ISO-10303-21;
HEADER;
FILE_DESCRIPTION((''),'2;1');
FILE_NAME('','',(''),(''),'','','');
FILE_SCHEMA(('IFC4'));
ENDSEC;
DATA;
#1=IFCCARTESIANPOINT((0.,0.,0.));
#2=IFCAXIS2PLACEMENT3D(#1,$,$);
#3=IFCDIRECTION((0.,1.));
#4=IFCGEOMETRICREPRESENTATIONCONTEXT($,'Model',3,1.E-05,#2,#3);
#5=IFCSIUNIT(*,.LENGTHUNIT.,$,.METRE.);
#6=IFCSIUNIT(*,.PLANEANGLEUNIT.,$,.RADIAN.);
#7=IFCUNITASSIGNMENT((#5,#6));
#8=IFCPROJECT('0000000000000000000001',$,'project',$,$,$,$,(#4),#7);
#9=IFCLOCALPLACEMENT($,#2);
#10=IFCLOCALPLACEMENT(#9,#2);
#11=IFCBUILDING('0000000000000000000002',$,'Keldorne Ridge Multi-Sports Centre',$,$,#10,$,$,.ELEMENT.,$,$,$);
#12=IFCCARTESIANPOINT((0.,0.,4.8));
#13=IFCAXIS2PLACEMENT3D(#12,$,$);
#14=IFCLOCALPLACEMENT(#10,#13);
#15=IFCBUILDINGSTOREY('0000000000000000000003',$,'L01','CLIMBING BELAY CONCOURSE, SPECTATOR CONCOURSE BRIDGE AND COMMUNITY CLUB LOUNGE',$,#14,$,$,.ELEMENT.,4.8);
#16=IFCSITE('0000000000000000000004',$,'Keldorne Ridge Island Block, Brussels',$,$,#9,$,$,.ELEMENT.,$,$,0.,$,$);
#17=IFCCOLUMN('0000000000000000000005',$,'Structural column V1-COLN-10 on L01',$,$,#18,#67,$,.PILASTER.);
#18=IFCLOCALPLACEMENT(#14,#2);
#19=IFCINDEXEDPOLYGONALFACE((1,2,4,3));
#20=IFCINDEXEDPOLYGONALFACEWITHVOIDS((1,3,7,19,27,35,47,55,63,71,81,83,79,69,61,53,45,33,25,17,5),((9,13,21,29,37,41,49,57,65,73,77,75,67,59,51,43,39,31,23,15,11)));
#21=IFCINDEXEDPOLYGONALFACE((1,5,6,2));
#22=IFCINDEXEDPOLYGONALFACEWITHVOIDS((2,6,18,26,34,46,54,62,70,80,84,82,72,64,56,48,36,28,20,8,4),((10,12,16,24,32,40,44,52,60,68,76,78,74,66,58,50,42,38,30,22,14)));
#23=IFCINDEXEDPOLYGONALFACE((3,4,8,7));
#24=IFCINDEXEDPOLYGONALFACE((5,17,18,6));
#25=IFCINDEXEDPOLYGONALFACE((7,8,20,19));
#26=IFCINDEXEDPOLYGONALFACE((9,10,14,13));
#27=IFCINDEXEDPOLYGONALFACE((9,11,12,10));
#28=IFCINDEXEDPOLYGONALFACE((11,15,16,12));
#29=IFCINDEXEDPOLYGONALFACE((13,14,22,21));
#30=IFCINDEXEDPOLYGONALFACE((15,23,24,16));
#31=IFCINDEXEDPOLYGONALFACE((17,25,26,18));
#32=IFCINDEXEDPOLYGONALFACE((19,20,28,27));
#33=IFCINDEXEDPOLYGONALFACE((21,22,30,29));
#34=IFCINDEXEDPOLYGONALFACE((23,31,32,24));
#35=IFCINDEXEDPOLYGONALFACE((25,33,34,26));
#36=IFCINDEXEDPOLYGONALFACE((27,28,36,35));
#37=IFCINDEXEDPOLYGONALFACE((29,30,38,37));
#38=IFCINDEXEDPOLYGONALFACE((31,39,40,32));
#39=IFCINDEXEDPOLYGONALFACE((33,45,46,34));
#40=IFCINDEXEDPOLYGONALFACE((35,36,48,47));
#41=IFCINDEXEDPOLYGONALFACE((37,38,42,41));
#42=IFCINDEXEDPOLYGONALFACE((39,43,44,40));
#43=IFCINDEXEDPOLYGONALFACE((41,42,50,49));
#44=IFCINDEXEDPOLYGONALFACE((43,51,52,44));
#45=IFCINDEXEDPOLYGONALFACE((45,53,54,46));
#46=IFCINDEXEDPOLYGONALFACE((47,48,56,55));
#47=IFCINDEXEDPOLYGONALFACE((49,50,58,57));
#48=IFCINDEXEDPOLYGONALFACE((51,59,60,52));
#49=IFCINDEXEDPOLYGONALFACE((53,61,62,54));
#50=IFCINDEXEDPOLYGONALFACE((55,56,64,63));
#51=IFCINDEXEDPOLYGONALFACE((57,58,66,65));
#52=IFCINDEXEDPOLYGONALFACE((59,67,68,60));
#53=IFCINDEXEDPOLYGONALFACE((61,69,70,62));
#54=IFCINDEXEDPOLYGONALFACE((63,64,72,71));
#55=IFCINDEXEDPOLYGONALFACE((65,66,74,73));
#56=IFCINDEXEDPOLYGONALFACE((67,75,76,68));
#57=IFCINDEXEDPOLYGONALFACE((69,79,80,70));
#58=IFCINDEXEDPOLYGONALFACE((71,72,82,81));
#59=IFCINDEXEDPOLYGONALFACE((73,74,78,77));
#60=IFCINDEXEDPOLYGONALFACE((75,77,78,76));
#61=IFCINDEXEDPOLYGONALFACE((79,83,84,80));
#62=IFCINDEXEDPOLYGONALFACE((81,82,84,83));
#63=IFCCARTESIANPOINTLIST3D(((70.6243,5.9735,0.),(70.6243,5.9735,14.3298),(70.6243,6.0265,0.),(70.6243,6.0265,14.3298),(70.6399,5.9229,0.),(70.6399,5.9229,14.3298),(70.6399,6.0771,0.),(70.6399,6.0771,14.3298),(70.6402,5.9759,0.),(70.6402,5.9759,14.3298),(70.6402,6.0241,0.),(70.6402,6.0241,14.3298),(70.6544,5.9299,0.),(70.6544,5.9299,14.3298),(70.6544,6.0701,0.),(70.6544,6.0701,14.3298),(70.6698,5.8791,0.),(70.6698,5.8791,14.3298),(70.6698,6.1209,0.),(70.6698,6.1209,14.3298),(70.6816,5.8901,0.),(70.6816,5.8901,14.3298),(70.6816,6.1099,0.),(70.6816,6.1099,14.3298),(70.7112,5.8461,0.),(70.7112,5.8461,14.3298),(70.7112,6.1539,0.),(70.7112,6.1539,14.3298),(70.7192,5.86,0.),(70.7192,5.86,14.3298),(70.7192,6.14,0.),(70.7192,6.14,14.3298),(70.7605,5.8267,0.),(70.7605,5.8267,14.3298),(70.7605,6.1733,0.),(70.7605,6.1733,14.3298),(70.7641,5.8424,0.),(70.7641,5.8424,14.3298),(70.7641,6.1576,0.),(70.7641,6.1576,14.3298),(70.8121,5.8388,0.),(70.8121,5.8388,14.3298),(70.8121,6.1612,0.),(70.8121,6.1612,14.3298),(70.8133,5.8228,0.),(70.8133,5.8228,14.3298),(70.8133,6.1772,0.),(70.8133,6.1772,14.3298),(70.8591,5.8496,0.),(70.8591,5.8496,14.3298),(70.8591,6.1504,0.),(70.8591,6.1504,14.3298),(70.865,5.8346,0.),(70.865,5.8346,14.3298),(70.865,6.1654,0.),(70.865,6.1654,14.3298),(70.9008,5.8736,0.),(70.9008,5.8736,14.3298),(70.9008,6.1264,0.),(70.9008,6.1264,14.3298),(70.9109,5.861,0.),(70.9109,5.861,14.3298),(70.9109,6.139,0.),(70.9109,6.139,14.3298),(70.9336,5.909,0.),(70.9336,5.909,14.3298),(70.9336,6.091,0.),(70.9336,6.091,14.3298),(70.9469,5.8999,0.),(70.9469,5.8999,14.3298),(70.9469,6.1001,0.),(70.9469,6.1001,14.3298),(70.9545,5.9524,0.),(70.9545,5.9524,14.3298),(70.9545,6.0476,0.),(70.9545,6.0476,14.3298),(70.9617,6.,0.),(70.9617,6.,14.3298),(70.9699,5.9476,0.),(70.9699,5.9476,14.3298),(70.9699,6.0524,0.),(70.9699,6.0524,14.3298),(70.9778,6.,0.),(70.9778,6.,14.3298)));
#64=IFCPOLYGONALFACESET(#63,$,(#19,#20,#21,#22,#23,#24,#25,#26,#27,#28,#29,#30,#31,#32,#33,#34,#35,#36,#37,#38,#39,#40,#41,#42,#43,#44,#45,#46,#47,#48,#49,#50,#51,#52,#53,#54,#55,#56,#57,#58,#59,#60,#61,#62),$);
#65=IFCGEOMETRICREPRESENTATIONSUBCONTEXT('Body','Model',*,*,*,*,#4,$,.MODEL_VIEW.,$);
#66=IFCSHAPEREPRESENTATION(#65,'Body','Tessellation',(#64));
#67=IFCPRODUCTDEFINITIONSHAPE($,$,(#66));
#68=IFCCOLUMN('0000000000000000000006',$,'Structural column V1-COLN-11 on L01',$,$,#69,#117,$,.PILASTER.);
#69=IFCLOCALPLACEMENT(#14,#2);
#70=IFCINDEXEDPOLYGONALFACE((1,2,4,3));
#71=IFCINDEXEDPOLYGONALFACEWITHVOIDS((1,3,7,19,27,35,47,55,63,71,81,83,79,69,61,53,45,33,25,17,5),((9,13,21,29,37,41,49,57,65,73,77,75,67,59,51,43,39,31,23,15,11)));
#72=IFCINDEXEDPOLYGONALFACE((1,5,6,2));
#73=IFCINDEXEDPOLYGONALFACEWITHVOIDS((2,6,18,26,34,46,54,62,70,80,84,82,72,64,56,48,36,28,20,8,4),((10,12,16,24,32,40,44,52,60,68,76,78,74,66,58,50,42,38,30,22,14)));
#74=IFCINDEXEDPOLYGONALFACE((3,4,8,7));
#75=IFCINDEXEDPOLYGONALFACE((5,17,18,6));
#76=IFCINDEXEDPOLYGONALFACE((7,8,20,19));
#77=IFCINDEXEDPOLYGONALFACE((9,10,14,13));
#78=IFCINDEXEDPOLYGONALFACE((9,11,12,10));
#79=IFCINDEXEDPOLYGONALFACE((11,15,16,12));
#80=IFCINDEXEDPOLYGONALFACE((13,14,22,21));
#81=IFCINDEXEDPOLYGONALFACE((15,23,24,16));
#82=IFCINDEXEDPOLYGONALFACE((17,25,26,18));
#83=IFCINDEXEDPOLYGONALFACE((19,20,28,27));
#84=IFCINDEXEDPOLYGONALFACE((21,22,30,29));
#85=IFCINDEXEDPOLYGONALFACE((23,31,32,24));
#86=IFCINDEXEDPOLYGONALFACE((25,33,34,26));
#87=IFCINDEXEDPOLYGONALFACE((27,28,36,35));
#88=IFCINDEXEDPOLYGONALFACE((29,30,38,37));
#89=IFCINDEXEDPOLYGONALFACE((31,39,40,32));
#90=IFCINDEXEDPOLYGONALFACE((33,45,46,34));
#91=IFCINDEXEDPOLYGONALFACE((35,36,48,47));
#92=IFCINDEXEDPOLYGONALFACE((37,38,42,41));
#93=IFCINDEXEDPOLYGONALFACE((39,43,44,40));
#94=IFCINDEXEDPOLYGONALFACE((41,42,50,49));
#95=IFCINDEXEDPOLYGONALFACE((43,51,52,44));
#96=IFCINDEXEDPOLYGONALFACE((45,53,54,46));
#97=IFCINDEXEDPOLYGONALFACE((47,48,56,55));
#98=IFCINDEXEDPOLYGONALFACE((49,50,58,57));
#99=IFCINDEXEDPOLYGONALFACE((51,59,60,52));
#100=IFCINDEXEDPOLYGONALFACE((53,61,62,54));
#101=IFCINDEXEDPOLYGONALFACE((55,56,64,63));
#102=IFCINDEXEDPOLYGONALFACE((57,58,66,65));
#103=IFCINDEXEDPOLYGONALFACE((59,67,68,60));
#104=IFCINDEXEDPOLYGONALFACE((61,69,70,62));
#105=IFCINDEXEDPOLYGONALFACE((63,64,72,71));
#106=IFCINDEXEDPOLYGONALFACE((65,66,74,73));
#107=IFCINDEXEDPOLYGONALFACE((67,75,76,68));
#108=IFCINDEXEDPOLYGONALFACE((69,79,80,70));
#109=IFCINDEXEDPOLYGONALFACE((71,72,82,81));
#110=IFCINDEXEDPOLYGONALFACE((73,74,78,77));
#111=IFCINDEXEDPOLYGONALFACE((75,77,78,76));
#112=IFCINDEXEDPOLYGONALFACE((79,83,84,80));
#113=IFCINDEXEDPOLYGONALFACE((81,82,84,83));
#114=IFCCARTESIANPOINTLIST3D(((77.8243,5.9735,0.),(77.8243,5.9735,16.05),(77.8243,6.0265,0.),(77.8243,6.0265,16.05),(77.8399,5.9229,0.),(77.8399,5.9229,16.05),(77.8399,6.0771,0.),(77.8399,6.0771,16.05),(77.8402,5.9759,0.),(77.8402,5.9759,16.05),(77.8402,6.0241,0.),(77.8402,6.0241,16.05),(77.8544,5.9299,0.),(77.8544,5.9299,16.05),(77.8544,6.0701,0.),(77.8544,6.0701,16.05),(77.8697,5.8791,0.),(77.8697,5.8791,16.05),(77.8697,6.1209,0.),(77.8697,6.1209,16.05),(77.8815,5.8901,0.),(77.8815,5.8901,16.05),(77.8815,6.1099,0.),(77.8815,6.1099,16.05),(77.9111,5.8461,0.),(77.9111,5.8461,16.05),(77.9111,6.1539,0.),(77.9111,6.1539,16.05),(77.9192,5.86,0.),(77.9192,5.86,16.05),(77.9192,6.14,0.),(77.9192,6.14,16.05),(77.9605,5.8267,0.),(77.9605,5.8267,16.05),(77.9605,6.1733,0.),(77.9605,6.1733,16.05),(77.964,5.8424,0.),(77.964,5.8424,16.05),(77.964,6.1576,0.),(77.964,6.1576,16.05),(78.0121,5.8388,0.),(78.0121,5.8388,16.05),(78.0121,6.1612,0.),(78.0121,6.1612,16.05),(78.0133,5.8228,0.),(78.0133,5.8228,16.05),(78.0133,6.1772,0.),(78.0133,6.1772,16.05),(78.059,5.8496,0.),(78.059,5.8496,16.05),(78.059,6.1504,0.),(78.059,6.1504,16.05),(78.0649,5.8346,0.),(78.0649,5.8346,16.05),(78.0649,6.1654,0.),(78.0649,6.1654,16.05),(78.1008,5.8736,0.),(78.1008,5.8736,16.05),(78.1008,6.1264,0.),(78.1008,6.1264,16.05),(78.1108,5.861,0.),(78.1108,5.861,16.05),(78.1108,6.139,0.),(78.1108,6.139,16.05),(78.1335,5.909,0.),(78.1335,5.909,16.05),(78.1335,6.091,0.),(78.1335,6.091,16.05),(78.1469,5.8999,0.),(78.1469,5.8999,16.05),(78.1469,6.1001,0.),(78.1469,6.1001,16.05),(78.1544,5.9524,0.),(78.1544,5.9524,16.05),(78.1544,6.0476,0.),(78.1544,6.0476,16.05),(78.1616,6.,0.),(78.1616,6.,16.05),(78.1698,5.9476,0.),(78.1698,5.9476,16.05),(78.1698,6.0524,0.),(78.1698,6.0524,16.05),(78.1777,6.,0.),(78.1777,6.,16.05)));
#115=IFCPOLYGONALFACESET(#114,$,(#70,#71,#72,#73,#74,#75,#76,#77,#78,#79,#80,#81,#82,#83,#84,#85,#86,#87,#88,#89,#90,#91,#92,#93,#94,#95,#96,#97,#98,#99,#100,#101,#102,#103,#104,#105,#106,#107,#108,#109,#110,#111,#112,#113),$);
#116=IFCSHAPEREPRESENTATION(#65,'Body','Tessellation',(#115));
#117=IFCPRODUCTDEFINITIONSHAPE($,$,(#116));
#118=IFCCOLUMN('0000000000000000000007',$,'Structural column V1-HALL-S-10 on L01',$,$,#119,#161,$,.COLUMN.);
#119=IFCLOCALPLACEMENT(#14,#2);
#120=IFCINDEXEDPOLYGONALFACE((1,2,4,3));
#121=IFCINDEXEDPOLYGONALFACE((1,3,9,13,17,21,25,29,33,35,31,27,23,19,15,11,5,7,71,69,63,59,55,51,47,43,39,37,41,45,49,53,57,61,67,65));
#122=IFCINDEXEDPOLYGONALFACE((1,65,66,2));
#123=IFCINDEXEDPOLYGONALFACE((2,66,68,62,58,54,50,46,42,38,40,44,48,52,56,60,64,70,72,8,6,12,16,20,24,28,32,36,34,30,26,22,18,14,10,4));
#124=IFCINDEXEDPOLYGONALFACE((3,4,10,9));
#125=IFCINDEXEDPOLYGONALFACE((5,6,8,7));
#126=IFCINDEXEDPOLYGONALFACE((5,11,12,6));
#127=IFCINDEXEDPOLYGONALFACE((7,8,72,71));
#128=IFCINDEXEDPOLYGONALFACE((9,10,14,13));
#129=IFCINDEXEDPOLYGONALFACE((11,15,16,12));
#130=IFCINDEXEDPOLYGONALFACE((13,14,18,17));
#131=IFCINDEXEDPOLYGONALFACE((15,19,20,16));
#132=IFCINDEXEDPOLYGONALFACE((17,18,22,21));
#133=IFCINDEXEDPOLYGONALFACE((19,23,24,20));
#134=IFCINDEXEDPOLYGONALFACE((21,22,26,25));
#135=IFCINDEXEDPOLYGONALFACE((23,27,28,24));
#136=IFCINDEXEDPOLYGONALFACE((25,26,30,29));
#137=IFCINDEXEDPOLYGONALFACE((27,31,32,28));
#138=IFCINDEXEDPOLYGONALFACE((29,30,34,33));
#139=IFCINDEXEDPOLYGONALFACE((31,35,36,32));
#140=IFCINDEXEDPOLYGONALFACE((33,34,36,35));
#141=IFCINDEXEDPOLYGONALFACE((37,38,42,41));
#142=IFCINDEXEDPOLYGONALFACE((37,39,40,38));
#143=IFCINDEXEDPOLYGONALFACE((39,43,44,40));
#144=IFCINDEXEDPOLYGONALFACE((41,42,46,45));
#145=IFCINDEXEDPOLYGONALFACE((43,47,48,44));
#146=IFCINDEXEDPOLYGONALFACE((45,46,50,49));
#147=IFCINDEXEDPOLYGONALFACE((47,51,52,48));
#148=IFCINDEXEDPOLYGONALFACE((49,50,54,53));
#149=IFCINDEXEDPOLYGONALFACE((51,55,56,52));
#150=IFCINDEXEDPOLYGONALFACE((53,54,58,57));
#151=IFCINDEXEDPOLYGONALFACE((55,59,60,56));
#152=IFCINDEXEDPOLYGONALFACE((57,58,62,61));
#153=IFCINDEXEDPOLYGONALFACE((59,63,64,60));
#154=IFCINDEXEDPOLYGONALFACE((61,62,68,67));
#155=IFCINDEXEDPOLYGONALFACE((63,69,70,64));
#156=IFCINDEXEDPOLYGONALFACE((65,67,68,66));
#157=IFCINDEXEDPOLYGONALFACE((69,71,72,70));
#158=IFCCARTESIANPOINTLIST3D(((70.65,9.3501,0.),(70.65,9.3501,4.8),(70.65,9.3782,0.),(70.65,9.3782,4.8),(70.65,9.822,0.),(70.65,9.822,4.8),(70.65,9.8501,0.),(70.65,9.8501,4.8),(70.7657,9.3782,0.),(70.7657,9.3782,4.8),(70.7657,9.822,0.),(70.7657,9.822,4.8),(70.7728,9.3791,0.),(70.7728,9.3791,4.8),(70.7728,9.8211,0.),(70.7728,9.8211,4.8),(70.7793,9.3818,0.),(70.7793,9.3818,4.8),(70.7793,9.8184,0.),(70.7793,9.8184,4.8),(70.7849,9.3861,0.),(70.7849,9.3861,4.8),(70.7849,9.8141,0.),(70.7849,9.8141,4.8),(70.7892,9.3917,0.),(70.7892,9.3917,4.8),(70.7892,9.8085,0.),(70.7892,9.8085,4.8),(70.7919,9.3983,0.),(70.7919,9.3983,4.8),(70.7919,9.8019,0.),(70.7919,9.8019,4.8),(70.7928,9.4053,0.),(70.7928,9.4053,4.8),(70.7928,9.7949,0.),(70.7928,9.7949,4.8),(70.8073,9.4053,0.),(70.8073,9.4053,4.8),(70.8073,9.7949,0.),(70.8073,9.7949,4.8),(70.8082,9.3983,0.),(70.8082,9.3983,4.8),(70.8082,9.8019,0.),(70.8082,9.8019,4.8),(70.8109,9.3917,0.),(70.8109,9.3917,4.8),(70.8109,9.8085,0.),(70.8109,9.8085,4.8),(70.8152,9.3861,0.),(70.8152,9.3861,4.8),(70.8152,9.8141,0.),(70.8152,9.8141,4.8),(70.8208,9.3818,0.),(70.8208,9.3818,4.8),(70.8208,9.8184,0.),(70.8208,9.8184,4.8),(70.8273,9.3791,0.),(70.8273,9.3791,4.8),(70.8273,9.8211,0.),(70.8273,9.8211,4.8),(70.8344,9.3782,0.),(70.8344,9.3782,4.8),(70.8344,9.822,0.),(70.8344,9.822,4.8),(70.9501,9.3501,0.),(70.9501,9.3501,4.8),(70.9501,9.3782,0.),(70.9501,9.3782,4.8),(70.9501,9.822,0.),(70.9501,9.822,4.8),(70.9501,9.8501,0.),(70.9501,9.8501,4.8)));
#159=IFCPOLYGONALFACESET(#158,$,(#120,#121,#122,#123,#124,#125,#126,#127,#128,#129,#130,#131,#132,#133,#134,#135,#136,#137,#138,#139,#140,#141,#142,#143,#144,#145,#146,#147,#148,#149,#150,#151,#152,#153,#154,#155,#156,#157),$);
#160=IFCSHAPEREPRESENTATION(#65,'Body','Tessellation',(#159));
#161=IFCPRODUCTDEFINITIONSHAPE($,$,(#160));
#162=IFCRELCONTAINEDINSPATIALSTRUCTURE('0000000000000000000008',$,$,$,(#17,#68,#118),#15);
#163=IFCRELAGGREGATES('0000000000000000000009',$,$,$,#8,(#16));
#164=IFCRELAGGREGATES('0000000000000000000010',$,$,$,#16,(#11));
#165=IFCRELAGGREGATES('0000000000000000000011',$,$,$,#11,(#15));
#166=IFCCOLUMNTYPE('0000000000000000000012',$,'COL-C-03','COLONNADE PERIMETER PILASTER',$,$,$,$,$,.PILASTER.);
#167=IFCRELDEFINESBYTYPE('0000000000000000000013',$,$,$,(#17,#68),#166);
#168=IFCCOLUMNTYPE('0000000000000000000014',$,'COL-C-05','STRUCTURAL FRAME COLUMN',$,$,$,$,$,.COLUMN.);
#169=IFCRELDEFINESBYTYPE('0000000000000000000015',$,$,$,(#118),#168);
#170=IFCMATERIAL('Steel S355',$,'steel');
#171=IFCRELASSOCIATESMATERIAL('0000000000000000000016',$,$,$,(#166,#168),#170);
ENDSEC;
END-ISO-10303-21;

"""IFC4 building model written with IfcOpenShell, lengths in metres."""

from ifc_helpers import new_model, si_unit, direction, frame, origin, origin_2d, place, context, subcontext, project, spatial, hollow_circle, i_section, extrude, material, material_profile, profile_set, type_object, element, save


model = new_model("IFC4")

# Units and contexts
model_context = context("Model", 3, precision=1e-05, world=origin(), true_north=direction((0.0, 1.0)))
body_context = subcontext(model_context, "Body", "Model", "MODEL_VIEW")
ifc_project = project(units=[si_unit("LENGTHUNIT", "METRE"), si_unit("PLANEANGLEUNIT", "RADIAN")], contexts=[model_context])

# Site, building, storey
site_placement = place(None, origin())
site = spatial("IfcSite", under=ifc_project, at=site_placement, Name="Keldorne Ridge Island Block, Brussels", CompositionType="ELEMENT", RefElevation=0.0)
building_placement = place(site_placement, origin())
building = spatial("IfcBuilding", under=site, at=building_placement, Name="Keldorne Ridge Multi-Sports Centre", CompositionType="ELEMENT")
storey_placement = place(building_placement, frame((0.0, 0.0, 4.8)))
storey = spatial("IfcBuildingStorey", under=building, at=storey_placement, Name="L01", Description="CLIMBING BELAY CONCOURSE, SPECTATOR CONCOURSE BRIDGE AND COMMUNITY CLUB LOUNGE", CompositionType="ELEMENT", Elevation=4.8)

# Columns
ifc_material_1 = material(Name="Steel S355", Category="steel")
ifc_material_profile_1 = material_profile(ifc_material_1, hollow_circle(Radius=0.1777, WallThickness=0.0161, at=origin_2d()), Name="CHS 355.6x16")
ifc_profile_set_1 = profile_set([ifc_material_profile_1], Name="Steel S355")
column_type_1 = type_object("IfcColumnType", Name="COL-C-03", Description="COLONNADE PERIMETER PILASTER", PredefinedType="PILASTER", material=ifc_profile_set_1)
column_1_placement = place(storey_placement, frame((70.8, 6.0, 0.0), z_axis=(0.0, 0.0, 1.0), x_axis=(1.0, 0.0, 0.0)))
element("IfcColumn", 1, at=column_1_placement, inside=storey, type_object=column_type_1, Name="Structural column V1-COLN-10 on L01", PredefinedType="PILASTER", context=body_context, shape_type="SweptSolid", body=[
    extrude(hollow_circle(Radius=0.1777, WallThickness=0.0161, at=origin_2d()), origin(), (0.0, 0.0, 1.0), 14.3298),
])
column_2_placement = place(storey_placement, frame((78.0, 6.0, 0.0), z_axis=(0.0, 0.0, 1.0), x_axis=(1.0, 0.0, 0.0)))
element("IfcColumn", 2, at=column_2_placement, inside=storey, type_object=column_type_1, Name="Structural column V1-COLN-11 on L01", PredefinedType="PILASTER", context=body_context, shape_type="SweptSolid", body=[
    extrude(hollow_circle(Radius=0.1777, WallThickness=0.0161, at=origin_2d()), origin(), (0.0, 0.0, 1.0), 16.05),
])
ifc_material_profile_2 = material_profile(ifc_material_1, i_section(OverallWidth=0.3, OverallDepth=0.5, WebThickness=0.0144, FlangeThickness=0.0281, FilletRadius=0.0271, at=origin_2d()), Name="HEB 500")
ifc_profile_set_2 = profile_set([ifc_material_profile_2], Name="Steel S355")
column_type_2 = type_object("IfcColumnType", Name="COL-C-05", Description="STRUCTURAL FRAME COLUMN", PredefinedType="COLUMN", material=ifc_profile_set_2)
column_3_placement = place(storey_placement, frame((70.8, 9.6001, 0.0), z_axis=(0.0, 0.0, 1.0), x_axis=(1.0, 0.0, 0.0)))
element("IfcColumn", 3, at=column_3_placement, inside=storey, type_object=column_type_2, Name="Structural column V1-HALL-S-10 on L01", PredefinedType="COLUMN", context=body_context, shape_type="SweptSolid", body=[
    extrude(i_section(OverallWidth=0.3, OverallDepth=0.5, WebThickness=0.0144, FlangeThickness=0.0281, FilletRadius=0.0271, at=origin_2d()), origin(), (0.0, 0.0, 1.0), 4.8),
])

save(model, "model.ifc")
